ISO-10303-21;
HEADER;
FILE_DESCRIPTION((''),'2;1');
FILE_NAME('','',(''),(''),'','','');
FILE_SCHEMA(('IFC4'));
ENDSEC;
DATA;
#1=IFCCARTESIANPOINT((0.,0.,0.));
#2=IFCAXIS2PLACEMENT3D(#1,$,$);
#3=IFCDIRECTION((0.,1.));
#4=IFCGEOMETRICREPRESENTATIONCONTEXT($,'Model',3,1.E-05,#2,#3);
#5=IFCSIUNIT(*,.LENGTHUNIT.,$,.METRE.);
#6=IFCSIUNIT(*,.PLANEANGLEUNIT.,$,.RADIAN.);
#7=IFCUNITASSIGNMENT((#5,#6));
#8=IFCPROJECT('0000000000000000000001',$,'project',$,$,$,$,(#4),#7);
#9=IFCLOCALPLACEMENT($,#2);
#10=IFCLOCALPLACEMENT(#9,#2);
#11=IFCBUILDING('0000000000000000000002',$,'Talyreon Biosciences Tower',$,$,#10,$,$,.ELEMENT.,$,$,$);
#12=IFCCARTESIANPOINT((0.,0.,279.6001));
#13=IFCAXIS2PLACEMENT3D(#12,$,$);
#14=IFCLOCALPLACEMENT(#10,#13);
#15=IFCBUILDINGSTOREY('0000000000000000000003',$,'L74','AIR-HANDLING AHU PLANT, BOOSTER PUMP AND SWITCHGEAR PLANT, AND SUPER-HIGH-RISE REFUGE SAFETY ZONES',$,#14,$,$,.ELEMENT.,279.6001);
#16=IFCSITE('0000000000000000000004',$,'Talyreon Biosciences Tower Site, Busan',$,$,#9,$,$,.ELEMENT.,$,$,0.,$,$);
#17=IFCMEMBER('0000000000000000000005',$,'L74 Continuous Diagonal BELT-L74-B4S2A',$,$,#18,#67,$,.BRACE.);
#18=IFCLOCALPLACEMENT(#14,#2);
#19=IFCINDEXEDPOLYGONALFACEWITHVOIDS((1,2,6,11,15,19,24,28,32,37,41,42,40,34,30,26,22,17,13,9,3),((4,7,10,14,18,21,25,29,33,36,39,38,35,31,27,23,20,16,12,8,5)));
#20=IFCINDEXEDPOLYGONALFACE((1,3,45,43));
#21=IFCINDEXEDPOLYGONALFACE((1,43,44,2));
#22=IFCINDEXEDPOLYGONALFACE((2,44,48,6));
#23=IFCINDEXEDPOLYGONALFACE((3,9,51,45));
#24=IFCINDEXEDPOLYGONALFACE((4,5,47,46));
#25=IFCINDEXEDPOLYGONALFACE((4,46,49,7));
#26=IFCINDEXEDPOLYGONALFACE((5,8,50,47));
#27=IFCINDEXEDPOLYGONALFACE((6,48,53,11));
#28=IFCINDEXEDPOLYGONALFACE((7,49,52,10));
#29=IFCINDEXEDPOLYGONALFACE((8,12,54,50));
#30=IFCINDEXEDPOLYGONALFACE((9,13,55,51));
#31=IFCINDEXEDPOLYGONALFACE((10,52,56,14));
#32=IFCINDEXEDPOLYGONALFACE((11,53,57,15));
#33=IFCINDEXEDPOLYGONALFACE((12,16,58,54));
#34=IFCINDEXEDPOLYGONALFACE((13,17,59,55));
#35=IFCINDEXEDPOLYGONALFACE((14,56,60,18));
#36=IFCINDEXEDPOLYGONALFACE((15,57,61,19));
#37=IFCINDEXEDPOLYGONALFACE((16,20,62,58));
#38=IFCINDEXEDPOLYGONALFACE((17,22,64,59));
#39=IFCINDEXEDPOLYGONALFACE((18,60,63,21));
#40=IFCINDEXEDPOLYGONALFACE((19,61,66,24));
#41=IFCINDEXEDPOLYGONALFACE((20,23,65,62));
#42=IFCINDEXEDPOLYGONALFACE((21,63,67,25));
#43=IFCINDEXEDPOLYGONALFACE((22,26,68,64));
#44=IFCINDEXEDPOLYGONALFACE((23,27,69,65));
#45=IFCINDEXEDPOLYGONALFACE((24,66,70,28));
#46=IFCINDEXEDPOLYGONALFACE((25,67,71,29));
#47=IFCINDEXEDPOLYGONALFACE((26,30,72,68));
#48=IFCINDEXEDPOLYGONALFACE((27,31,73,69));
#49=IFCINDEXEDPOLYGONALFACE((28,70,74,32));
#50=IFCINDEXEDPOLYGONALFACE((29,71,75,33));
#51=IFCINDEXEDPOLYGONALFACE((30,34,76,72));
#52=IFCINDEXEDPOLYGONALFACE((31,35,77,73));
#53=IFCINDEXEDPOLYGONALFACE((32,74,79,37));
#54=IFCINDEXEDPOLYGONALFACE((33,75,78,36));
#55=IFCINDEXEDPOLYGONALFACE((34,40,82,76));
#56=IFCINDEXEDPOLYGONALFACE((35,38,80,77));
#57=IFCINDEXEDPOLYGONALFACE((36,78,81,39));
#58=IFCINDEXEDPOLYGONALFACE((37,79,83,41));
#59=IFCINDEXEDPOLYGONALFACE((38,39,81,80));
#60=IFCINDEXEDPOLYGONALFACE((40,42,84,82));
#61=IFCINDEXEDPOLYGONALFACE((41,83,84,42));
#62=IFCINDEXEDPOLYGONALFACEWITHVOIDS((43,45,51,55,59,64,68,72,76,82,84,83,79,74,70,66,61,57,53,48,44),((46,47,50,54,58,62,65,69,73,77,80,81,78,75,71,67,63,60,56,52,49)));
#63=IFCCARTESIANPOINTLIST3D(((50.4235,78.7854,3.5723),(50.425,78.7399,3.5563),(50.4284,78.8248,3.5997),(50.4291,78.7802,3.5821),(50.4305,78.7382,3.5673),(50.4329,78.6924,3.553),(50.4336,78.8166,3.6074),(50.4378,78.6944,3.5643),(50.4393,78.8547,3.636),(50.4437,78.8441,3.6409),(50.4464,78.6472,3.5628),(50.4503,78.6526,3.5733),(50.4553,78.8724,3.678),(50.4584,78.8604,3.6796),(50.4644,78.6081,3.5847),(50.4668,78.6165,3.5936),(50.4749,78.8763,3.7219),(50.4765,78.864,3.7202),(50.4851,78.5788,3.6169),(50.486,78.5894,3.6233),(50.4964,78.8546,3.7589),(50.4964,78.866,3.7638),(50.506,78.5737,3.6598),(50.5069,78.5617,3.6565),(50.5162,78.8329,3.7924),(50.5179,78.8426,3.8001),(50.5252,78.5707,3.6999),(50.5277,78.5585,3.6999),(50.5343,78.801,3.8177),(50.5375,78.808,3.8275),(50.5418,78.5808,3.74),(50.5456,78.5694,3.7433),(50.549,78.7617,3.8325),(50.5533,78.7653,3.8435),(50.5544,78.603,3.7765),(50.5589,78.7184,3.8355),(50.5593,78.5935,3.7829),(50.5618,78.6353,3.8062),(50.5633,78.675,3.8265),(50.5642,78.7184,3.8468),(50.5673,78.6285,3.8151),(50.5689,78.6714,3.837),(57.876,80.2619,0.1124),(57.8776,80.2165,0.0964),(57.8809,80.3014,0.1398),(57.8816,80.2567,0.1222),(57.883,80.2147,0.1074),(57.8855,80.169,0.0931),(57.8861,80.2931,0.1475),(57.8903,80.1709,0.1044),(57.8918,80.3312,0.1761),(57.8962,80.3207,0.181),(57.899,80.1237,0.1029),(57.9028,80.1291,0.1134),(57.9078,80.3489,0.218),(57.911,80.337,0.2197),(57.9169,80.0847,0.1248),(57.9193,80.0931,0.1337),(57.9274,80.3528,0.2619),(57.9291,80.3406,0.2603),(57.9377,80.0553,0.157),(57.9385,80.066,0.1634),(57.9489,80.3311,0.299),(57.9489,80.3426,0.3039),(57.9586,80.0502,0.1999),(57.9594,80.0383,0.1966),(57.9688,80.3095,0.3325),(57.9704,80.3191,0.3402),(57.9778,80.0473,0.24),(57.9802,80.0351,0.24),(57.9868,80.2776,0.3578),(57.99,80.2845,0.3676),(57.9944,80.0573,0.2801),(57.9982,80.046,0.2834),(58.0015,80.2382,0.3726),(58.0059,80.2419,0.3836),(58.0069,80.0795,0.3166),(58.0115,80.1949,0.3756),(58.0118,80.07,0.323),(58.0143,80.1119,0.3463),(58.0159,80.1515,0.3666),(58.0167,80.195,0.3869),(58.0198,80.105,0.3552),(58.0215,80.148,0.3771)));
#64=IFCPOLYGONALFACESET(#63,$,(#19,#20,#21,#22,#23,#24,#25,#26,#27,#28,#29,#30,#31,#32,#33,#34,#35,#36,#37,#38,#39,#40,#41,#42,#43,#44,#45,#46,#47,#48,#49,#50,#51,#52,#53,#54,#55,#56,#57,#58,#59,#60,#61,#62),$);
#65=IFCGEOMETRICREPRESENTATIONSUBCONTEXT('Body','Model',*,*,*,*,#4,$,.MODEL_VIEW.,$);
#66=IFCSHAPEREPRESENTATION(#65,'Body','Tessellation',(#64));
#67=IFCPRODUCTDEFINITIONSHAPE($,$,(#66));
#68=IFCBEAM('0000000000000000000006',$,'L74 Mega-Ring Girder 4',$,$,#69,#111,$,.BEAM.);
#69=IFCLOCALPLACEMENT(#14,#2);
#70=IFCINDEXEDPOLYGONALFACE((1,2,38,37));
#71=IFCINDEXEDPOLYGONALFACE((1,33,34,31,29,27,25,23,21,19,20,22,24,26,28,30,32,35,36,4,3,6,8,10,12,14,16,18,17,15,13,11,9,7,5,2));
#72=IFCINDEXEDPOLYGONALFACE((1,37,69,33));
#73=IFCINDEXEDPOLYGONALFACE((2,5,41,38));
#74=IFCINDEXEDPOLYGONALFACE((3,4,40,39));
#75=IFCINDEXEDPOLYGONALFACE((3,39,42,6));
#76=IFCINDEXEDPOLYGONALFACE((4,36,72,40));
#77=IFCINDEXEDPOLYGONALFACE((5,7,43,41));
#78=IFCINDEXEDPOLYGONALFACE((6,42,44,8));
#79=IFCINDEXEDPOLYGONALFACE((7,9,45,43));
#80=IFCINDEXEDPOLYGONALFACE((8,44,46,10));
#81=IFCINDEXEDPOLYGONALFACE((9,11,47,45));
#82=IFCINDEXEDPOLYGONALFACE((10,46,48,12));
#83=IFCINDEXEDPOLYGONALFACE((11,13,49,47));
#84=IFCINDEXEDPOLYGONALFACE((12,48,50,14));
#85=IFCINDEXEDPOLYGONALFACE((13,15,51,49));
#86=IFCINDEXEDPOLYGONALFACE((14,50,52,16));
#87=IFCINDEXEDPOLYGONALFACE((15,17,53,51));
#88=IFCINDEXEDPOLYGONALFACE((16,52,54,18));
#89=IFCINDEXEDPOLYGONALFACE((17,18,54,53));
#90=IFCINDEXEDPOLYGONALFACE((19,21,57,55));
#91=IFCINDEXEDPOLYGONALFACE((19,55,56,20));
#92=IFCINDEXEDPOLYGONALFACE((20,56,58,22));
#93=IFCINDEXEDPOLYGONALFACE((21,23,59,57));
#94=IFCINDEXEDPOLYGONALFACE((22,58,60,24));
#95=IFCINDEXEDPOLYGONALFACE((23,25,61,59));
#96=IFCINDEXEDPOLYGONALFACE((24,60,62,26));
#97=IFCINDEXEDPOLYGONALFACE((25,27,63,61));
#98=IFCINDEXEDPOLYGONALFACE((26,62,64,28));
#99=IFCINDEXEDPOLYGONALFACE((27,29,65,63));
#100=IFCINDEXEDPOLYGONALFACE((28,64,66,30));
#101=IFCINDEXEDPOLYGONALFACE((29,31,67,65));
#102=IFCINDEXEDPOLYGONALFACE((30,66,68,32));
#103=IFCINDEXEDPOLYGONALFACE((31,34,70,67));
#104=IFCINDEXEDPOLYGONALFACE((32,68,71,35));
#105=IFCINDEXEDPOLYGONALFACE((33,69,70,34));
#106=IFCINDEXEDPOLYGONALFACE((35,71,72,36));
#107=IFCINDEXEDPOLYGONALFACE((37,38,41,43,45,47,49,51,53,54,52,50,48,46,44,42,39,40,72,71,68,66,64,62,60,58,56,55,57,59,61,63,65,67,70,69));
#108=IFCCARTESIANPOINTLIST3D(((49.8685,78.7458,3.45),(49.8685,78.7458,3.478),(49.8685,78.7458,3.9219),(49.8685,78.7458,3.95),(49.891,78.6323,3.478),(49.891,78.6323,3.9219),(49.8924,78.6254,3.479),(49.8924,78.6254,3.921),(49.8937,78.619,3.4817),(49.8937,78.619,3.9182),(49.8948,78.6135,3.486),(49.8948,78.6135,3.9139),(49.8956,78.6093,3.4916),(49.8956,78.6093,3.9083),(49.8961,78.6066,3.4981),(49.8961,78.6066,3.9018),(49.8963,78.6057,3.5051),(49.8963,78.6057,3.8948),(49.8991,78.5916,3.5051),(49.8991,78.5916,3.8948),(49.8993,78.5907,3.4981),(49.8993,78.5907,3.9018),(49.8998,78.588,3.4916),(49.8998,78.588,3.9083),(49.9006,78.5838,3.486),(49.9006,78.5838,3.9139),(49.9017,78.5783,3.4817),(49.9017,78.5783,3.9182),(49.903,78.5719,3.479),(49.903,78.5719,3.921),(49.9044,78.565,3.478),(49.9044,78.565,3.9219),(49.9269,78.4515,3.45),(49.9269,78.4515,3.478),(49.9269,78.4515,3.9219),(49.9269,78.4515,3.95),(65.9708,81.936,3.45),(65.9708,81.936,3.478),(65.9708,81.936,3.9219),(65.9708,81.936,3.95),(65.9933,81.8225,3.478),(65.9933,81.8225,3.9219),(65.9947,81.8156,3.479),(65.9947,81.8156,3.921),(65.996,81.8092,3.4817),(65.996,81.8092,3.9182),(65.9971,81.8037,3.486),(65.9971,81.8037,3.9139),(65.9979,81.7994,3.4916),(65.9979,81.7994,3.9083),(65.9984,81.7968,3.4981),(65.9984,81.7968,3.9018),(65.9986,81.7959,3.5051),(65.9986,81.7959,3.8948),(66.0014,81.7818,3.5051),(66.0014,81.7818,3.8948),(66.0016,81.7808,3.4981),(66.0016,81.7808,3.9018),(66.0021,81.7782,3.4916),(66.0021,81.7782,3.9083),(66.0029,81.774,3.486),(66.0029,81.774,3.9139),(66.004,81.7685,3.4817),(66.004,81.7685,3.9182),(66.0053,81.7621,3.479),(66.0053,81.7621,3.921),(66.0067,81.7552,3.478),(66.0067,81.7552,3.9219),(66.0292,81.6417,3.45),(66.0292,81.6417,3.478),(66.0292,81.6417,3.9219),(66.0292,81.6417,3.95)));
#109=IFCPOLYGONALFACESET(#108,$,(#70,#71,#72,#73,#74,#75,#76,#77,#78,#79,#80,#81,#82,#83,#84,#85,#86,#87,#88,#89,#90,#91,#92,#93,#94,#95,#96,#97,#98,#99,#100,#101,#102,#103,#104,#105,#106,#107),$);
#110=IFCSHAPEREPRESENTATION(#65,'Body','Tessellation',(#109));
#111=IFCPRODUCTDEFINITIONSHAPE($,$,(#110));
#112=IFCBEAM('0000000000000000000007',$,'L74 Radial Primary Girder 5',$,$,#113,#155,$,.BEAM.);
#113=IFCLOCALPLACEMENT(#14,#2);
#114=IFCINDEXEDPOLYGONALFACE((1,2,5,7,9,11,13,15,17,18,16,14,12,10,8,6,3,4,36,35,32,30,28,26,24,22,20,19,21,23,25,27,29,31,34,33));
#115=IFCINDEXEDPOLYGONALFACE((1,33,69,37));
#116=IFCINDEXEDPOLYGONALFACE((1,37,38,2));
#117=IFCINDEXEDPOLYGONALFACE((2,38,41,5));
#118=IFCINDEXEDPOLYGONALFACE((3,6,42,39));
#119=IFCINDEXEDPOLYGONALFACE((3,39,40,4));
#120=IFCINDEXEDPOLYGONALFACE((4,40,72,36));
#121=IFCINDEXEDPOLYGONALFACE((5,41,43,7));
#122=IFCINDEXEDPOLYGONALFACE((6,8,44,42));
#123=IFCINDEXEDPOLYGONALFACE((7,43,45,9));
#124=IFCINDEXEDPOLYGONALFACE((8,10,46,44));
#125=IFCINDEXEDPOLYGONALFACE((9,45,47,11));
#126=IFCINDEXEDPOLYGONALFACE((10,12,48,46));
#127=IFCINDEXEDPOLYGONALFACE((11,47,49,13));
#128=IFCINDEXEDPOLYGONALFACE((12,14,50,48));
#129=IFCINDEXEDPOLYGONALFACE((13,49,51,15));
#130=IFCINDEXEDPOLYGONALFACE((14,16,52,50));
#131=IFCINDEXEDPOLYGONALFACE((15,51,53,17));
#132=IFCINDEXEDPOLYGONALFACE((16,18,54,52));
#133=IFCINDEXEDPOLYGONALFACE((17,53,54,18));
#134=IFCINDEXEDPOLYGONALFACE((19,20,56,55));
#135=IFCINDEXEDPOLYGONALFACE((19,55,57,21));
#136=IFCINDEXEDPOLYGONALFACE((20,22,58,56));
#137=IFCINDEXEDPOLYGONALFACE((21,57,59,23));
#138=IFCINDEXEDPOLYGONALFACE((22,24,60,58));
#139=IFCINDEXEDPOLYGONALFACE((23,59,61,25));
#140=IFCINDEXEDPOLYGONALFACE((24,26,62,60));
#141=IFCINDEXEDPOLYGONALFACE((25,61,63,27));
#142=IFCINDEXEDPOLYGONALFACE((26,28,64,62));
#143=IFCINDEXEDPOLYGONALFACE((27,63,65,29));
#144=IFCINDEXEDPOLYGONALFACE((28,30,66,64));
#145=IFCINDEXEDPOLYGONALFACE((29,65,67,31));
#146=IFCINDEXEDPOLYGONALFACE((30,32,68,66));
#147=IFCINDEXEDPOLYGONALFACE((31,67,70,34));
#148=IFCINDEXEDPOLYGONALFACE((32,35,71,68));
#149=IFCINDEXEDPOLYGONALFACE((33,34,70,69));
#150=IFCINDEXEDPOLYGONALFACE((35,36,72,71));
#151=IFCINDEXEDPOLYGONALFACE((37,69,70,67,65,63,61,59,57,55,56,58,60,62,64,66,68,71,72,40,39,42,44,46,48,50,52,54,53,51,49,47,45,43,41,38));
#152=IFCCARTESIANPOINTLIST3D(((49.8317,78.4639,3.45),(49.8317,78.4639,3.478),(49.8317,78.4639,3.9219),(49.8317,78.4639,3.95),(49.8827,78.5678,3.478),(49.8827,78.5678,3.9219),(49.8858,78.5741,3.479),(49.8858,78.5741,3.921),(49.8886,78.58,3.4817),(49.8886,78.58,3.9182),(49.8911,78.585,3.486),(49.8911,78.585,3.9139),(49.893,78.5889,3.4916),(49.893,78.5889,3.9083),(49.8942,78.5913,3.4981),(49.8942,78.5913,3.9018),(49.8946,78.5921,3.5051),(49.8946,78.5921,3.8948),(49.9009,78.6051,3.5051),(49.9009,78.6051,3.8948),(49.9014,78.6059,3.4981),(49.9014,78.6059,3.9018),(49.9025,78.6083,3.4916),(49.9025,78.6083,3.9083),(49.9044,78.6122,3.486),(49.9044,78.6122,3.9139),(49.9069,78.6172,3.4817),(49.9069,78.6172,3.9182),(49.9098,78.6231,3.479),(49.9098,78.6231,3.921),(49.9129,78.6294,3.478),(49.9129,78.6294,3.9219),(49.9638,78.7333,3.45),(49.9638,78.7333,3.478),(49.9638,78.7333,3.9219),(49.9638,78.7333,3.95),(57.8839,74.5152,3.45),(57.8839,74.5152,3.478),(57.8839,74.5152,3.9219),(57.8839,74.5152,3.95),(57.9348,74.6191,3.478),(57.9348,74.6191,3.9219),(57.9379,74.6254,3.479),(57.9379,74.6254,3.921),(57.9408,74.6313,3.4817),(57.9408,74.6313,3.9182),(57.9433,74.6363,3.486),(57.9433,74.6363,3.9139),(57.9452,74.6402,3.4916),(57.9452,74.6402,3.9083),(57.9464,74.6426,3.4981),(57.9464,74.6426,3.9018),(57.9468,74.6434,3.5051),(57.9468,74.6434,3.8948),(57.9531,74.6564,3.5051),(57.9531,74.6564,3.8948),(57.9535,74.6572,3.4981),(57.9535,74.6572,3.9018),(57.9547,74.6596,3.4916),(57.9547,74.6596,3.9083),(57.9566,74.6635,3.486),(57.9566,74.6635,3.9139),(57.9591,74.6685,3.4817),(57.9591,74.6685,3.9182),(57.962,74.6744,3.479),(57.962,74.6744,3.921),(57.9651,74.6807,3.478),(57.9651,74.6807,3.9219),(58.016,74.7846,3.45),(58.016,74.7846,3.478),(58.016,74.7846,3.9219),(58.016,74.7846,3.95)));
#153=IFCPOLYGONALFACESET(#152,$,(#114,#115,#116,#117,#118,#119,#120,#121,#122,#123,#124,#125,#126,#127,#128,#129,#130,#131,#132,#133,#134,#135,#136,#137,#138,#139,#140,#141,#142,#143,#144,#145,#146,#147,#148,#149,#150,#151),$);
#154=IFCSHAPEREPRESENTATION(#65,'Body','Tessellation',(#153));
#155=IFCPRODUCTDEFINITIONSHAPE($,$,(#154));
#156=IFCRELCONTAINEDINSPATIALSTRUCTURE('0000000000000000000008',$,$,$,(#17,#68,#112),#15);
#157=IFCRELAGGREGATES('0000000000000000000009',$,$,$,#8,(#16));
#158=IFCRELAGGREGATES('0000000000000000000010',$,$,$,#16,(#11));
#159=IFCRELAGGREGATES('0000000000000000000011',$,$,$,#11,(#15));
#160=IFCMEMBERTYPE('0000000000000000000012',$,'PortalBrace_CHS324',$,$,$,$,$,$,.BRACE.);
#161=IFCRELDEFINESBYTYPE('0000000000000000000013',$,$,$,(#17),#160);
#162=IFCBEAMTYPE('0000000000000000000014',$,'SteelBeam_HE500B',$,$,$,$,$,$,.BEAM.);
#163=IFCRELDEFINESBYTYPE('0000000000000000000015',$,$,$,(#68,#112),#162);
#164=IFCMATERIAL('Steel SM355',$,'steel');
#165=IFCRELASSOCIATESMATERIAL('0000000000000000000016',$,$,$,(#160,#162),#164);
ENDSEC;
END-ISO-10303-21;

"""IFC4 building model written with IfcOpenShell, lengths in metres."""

from ifc_helpers import new_model, si_unit, direction, frame, origin, origin_2d, place, context, subcontext, project, spatial, hollow_circle, i_section, extrude, material, material_profile, profile_set, type_object, element, save


model = new_model("IFC4")

# Units and contexts
model_context = context("Model", 3, precision=1e-05, world=origin(), true_north=direction((0.0, 1.0)))
body_context = subcontext(model_context, "Body", "Model", "MODEL_VIEW")
ifc_project = project(units=[si_unit("LENGTHUNIT", "METRE"), si_unit("PLANEANGLEUNIT", "RADIAN")], contexts=[model_context])

# Site, building, storey
site_placement = place(None, origin())
site = spatial("IfcSite", under=ifc_project, at=site_placement, Name="Talyreon Biosciences Tower Site, Busan", CompositionType="ELEMENT", RefElevation=0.0)
building_placement = place(site_placement, origin())
building = spatial("IfcBuilding", under=site, at=building_placement, Name="Talyreon Biosciences Tower", CompositionType="ELEMENT")
storey_placement = place(building_placement, frame((0.0, 0.0, 279.6001)))
storey = spatial("IfcBuildingStorey", under=building, at=storey_placement, Name="L74", Description="AIR-HANDLING AHU PLANT, BOOSTER PUMP AND SWITCHGEAR PLANT, AND SUPER-HIGH-RISE REFUGE SAFETY ZONES", CompositionType="ELEMENT", Elevation=279.6001)

# Shared definitions
ifc_material_1 = material(Name="Steel SM355", Category="steel")

# Member
ifc_material_profile_1 = material_profile(ifc_material_1, hollow_circle(Radius=0.1619, WallThickness=0.0125, at=origin_2d()), Name="CHS 323.9x12.5")
ifc_profile_set_1 = profile_set([ifc_material_profile_1], Name="Steel SM355")
member_type_1 = type_object("IfcMemberType", Name="PortalBrace_CHS324", PredefinedType="BRACE", material=ifc_profile_set_1)
member_1_placement = place(storey_placement, frame((57.9487, 80.1938, 0.24), z_axis=(-0.892718, -0.176871, 0.414453), x_axis=(0.194348, -0.980933, 0.0)))
element("IfcMember", 1, at=member_1_placement, inside=storey, type_object=member_type_1, Name="L74 Continuous Diagonal BELT-L74-B4S2A", PredefinedType="BRACE", context=body_context, shape_type="SweptSolid", body=[
    extrude(hollow_circle(Radius=0.1619, WallThickness=0.0125, at=origin_2d()), origin(), (0.0, 0.0, 1.0), 8.3481),
])

# Beams
ifc_material_profile_2 = material_profile(ifc_material_1, i_section(OverallWidth=0.3, OverallDepth=0.5, WebThickness=0.0144, FlangeThickness=0.0281, FilletRadius=0.0271, at=origin_2d()), Name="HE500B")
ifc_profile_set_2 = profile_set([ifc_material_profile_2], Name="Steel SM355")
beam_type_1 = type_object("IfcBeamType", Name="SteelBeam_HE500B", PredefinedType="BEAM", material=ifc_profile_set_2)
beam_1_placement = place(storey_placement, frame((66.0, 81.7888, 3.7), z_axis=(-0.980934, -0.194343, 0.0), x_axis=(0.194343, -0.980934, 0.0)))
element("IfcBeam", 2, at=beam_1_placement, inside=storey, type_object=beam_type_1, Name="L74 Mega-Ring Girder 4", PredefinedType="BEAM", context=body_context, shape_type="SweptSolid", body=[
    extrude(i_section(OverallWidth=0.3, OverallDepth=0.5, WebThickness=0.0144, FlangeThickness=0.0281, FilletRadius=0.0271, at=origin_2d()), origin(), (0.0, 0.0, 1.0), 16.4153),
])
beam_2_placement = place(storey_placement, frame((57.95, 74.6499, 3.7), z_axis=(-0.897852, 0.440297, 0.0), x_axis=(-0.440297, -0.897852, 0.0)))
element("IfcBeam", 3, at=beam_2_placement, inside=storey, type_object=beam_type_1, Name="L74 Radial Primary Girder 5", PredefinedType="BEAM", context=body_context, shape_type="SweptSolid", body=[
    extrude(i_section(OverallWidth=0.3, OverallDepth=0.5, WebThickness=0.0144, FlangeThickness=0.0281, FilletRadius=0.0271, at=origin_2d()), origin(), (0.0, 0.0, 1.0), 8.9683),
])

save(model, "model.ifc")
